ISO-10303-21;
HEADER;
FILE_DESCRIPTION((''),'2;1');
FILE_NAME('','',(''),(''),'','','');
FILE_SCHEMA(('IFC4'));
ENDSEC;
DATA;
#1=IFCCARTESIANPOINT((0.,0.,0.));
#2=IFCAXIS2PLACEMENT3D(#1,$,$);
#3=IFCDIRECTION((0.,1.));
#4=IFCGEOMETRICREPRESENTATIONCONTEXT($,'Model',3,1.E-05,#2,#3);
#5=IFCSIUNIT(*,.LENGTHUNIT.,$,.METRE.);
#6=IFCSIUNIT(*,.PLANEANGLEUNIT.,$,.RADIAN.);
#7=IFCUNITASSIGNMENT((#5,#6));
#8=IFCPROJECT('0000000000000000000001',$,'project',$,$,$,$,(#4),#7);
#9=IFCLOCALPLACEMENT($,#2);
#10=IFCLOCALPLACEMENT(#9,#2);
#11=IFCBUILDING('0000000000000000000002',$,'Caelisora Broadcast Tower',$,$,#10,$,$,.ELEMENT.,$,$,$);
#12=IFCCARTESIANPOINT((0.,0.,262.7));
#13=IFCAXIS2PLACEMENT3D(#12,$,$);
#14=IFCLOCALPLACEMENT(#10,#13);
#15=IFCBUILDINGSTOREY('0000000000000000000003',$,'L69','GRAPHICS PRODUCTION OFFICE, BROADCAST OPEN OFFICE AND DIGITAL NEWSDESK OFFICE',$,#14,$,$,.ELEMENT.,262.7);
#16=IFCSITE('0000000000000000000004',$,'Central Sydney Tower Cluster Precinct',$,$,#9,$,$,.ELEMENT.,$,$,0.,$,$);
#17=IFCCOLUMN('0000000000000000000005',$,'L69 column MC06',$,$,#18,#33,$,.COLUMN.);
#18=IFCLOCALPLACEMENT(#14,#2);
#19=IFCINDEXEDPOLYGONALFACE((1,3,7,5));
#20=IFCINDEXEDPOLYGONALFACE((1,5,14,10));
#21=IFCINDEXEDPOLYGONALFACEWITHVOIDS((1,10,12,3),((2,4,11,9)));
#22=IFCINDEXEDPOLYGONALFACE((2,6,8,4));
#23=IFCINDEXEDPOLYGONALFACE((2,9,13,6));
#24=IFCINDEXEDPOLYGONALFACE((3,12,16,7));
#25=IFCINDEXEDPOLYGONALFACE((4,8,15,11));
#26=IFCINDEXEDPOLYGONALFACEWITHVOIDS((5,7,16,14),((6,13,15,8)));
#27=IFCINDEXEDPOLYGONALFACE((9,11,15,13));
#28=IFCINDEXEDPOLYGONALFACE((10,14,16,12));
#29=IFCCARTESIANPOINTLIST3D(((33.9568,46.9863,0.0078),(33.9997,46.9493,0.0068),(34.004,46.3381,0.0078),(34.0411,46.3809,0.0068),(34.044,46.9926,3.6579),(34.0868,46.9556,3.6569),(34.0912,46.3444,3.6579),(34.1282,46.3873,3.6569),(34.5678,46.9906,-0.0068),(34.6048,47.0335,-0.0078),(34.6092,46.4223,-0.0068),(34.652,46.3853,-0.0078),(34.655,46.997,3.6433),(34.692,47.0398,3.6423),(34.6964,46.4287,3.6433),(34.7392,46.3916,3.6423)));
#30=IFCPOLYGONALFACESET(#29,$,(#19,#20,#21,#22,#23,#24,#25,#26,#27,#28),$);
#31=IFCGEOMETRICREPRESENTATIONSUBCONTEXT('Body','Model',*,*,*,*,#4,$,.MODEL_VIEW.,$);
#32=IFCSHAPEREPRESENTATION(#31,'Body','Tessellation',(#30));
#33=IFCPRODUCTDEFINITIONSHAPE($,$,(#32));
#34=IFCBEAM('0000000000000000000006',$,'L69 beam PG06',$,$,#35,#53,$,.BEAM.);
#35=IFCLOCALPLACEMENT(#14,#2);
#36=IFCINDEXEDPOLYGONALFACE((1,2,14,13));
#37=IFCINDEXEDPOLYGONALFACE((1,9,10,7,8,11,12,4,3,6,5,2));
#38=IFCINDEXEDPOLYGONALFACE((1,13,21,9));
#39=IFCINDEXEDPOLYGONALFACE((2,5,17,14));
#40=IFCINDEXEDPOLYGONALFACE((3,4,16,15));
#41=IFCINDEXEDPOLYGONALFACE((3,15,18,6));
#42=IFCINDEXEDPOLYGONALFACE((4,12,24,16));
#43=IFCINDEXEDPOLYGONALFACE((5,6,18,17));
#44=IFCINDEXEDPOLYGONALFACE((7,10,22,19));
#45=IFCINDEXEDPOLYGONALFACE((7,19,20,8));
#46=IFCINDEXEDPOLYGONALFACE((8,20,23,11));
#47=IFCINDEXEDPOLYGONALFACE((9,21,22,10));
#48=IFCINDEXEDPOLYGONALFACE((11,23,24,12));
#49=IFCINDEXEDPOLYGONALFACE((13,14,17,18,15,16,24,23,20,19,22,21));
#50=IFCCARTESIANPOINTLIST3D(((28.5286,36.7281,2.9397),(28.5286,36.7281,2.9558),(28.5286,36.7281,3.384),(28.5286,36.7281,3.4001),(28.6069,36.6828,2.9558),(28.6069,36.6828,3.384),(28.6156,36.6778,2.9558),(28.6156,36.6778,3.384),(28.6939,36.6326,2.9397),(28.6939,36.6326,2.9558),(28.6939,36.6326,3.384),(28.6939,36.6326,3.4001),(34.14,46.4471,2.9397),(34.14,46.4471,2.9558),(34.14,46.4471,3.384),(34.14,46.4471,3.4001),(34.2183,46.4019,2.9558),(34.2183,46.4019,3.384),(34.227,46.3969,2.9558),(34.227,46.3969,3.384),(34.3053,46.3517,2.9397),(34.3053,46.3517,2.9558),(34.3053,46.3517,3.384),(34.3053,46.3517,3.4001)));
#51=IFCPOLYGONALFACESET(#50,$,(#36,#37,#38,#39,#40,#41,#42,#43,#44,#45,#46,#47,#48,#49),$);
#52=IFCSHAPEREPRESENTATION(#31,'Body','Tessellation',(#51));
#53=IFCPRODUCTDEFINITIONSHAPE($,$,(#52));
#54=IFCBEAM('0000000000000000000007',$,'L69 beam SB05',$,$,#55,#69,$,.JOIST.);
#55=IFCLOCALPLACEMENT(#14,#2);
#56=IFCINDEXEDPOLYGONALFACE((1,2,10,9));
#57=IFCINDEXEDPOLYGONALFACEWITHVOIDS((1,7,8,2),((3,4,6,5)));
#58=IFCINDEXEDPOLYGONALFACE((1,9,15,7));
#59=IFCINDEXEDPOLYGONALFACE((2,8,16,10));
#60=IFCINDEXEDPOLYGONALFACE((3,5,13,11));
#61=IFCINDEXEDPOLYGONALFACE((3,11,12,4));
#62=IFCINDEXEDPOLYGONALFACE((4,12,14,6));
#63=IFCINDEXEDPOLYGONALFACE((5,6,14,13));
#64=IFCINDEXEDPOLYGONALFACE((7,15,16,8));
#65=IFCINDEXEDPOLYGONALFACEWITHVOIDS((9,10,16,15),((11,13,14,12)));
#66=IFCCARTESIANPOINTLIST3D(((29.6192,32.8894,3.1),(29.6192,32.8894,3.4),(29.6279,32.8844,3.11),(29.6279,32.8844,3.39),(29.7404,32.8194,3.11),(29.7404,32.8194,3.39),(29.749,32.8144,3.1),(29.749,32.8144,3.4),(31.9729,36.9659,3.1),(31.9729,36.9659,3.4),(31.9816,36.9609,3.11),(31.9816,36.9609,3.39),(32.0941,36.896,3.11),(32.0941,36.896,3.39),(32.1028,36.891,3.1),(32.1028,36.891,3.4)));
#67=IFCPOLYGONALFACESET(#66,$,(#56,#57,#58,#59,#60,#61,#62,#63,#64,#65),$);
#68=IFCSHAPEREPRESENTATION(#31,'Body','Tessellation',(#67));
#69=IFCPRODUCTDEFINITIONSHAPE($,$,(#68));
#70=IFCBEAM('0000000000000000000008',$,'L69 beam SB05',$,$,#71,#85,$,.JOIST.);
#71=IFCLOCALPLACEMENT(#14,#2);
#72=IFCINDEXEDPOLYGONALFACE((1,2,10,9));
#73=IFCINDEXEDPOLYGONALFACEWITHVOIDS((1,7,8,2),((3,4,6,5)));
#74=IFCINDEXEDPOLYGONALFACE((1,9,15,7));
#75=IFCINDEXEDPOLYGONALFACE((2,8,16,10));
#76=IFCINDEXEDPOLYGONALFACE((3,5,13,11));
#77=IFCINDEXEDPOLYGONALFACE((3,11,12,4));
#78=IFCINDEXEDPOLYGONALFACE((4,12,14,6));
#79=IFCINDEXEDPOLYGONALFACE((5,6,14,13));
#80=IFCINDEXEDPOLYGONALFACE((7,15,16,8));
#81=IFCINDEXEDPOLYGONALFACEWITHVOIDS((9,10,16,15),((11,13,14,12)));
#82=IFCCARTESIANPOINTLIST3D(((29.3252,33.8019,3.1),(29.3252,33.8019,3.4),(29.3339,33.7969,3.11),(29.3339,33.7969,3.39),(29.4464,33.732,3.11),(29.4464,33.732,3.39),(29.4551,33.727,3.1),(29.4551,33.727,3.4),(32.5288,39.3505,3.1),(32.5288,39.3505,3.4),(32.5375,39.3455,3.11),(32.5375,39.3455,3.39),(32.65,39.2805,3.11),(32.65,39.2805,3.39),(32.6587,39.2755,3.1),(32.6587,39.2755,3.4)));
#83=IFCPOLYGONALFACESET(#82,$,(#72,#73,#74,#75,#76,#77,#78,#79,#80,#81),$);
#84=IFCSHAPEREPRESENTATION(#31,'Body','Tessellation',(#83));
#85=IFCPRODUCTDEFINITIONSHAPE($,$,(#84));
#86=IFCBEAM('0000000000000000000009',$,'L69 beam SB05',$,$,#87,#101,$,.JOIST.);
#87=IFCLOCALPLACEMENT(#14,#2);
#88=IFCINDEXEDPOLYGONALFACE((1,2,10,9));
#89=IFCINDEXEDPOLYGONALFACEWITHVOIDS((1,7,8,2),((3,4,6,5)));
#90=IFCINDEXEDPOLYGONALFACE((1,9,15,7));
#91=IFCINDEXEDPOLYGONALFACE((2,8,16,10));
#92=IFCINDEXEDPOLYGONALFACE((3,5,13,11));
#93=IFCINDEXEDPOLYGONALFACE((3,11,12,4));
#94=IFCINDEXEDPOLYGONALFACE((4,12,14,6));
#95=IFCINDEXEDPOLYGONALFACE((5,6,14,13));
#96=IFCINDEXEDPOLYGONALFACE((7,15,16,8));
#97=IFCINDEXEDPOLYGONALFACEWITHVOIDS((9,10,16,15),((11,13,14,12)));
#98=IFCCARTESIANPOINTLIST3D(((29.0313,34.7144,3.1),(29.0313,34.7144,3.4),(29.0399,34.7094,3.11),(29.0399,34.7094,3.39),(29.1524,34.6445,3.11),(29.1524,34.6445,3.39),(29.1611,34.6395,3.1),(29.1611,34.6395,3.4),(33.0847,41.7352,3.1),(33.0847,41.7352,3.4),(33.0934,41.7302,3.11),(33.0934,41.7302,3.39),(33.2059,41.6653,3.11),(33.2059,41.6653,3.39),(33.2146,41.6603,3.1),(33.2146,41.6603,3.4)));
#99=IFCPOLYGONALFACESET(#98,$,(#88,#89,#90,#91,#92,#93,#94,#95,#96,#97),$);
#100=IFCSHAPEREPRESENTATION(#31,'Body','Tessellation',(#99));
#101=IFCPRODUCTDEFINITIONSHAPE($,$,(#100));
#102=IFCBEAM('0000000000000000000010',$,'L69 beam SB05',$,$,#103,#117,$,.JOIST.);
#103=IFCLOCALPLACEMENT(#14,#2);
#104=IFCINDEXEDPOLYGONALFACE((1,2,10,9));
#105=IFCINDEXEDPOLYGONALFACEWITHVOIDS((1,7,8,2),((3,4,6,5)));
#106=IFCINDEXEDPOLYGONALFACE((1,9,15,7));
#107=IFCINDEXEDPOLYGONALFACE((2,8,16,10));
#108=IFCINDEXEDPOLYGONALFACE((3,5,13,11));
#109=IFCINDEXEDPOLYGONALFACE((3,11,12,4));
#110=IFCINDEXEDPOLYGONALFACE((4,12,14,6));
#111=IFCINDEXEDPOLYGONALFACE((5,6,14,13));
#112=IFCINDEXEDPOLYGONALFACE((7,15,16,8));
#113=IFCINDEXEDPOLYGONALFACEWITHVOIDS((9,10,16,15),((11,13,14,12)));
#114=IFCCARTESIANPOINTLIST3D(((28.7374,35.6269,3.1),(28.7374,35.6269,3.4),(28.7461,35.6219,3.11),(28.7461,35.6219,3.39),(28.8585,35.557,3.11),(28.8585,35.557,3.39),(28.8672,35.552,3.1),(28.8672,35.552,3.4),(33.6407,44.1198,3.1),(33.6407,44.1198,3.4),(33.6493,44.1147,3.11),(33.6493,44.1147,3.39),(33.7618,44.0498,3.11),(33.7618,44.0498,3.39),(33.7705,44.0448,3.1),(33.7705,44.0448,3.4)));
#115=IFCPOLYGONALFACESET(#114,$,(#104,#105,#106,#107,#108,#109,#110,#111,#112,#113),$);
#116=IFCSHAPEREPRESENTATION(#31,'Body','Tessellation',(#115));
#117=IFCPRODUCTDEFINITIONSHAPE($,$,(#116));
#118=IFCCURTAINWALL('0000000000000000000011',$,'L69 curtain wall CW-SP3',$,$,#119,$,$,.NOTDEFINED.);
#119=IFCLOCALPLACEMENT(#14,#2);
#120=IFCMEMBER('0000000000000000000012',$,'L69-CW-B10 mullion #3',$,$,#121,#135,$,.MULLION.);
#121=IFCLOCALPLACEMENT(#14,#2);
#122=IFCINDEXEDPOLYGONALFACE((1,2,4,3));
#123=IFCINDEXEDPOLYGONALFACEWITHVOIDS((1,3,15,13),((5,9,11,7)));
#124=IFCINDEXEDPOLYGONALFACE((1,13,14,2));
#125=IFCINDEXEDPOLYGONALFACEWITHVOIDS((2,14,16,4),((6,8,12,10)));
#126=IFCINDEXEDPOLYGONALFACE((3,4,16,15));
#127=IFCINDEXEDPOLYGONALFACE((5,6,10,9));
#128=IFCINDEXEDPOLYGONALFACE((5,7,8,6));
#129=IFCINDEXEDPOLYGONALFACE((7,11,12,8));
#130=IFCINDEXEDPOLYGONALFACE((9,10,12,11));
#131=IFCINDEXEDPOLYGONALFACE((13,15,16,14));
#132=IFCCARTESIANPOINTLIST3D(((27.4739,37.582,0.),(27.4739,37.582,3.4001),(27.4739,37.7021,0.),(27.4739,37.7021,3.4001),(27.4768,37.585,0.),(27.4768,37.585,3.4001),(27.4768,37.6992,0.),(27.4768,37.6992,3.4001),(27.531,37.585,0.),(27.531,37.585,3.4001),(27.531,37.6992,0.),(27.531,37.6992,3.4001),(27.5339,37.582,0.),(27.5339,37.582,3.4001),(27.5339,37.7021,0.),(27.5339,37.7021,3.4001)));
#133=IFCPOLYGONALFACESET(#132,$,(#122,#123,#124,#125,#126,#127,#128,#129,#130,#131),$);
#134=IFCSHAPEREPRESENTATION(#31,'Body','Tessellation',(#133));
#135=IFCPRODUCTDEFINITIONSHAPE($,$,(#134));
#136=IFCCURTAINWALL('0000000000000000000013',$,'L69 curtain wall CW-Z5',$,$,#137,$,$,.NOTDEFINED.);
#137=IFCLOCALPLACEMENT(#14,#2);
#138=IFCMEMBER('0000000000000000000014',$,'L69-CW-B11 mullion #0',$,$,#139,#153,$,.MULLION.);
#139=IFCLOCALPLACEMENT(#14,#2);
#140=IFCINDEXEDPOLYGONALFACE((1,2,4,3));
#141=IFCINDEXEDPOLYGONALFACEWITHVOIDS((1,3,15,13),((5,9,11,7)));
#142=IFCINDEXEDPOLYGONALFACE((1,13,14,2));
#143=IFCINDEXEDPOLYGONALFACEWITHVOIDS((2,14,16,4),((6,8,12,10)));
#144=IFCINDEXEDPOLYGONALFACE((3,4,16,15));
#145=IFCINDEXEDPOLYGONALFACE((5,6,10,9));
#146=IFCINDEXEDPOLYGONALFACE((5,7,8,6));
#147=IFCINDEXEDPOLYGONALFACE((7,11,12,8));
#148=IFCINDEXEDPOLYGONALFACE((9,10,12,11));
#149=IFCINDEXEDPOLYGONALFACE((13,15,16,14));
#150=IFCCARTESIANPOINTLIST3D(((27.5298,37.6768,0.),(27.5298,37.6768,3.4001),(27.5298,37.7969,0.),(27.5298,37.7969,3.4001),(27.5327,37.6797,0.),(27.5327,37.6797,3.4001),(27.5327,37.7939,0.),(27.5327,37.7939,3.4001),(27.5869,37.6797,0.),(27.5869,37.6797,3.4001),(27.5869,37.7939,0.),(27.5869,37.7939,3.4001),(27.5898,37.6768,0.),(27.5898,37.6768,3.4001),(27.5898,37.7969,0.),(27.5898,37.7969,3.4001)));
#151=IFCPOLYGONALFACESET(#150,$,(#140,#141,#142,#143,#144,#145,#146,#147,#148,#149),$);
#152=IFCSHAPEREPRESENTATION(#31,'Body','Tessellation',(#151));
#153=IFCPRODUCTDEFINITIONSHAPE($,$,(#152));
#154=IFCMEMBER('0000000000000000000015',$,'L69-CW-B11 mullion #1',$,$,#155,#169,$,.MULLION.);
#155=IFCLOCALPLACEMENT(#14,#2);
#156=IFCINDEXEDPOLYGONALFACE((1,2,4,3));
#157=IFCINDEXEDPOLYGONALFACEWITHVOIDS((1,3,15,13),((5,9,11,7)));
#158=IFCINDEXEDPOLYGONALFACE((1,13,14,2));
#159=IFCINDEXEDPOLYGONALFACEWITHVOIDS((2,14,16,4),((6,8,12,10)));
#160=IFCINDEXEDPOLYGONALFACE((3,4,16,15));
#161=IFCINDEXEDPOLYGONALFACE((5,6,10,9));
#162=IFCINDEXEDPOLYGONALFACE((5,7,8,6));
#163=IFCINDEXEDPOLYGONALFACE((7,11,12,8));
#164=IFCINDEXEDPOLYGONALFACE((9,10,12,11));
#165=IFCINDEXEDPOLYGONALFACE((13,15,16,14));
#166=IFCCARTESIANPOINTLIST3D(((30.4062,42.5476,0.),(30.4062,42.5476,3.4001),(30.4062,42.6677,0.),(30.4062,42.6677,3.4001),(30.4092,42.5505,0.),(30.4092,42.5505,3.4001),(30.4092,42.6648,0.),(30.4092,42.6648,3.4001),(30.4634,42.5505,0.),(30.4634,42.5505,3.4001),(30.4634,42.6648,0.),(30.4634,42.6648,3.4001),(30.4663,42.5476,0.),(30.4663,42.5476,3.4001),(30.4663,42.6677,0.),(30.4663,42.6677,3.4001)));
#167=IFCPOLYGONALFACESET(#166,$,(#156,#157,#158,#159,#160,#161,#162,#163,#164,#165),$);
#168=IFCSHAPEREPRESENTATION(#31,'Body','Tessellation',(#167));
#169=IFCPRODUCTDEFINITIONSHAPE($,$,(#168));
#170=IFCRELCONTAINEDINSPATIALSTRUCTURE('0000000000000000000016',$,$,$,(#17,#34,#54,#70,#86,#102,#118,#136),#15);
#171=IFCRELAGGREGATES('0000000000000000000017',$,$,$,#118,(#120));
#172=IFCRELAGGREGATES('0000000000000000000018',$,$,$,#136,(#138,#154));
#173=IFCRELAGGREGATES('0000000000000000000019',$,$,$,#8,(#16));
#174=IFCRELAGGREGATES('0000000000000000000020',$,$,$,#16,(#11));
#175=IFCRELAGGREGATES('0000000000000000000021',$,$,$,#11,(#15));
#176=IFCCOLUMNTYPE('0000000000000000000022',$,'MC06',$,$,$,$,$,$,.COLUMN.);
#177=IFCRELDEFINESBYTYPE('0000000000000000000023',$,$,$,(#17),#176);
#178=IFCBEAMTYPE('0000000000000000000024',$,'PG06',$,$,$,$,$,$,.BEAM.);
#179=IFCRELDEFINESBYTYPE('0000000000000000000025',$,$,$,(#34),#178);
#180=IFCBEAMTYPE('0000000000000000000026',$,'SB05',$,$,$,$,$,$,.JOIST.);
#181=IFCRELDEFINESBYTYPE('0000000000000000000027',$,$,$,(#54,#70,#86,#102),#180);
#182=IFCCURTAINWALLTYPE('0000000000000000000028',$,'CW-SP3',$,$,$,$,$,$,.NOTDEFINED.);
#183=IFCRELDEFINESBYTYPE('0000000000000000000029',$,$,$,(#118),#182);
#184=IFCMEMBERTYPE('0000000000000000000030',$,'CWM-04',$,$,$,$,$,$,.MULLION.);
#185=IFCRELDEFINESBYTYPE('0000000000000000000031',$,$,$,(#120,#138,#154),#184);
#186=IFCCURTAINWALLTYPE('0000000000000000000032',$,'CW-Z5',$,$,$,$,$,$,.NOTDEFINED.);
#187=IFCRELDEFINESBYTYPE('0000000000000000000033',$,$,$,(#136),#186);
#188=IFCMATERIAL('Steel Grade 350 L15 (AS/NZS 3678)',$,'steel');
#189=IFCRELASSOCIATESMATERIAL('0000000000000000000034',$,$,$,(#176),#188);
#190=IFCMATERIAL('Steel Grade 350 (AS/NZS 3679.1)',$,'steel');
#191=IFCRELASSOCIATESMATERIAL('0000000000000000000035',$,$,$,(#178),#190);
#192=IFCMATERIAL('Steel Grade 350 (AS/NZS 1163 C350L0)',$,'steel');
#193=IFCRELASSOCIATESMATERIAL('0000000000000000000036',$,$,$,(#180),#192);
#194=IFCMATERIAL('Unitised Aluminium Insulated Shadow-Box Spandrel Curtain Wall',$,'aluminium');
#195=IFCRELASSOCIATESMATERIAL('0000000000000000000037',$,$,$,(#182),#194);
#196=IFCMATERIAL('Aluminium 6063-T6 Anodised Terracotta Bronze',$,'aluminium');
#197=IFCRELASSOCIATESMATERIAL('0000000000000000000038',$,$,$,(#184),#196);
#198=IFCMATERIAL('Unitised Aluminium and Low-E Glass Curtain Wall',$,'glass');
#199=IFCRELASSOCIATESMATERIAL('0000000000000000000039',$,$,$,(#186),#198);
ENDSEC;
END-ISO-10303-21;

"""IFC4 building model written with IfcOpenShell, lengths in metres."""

from ifc_helpers import new_model, si_unit, direction, frame, origin, origin_2d, place, context, subcontext, project, spatial, hollow_rectangle, i_section, extrude, source, transform, mapped, material, material_profile, profile_set, type_object, type_shapes, element, aggregate, save


model = new_model("IFC4")

# Units and contexts
model_context = context("Model", 3, precision=1e-05, world=origin(), true_north=direction((0.0, 1.0)))
body_context = subcontext(model_context, "Body", "Model", "MODEL_VIEW")
ifc_project = project(units=[si_unit("LENGTHUNIT", "METRE"), si_unit("PLANEANGLEUNIT", "RADIAN")], contexts=[model_context])

# Site, building, storey
site_placement = place(None, origin())
site = spatial("IfcSite", under=ifc_project, at=site_placement, Name="Central Sydney Tower Cluster Precinct", CompositionType="ELEMENT", RefElevation=0.0)
building_placement = place(site_placement, origin())
building = spatial("IfcBuilding", under=site, at=building_placement, Name="Caelisora Broadcast Tower", CompositionType="ELEMENT")
storey_placement = place(building_placement, frame((0.0, 0.0, 262.7)))
storey = spatial("IfcBuildingStorey", under=building, at=storey_placement, Name="L69", Description="GRAPHICS PRODUCTION OFFICE, BROADCAST OPEN OFFICE AND DIGITAL NEWSDESK OFFICE", CompositionType="ELEMENT", Elevation=262.7)

# Column
ifc_material_1 = material(Name="Steel Grade 350 L15 (AS/NZS 3678)", Category="steel")
ifc_material_profile_1 = material_profile(ifc_material_1, hollow_rectangle(XDim=0.6499, YDim=0.6499, WallThickness=0.04, at=origin_2d()), Name="Steel Grade 350 L15 (AS/NZS 3678)")
ifc_profile_set_1 = profile_set([ifc_material_profile_1], Name="Steel Grade 350 L15 (AS/NZS 3678)")
column_type = type_object("IfcColumnType", Name="MC06", PredefinedType="COLUMN", material=ifc_profile_set_1)
shared_shape_1 = source(origin(), body_context, "Body", "SweptSolid", [
    extrude(hollow_rectangle(XDim=0.6499, YDim=0.6499, WallThickness=0.04, at=origin_2d()), origin(), (0.0, 0.0, 1.0), 3.6511),
])
type_shapes(column_type, [shared_shape_1])
column_placement = place(storey_placement, frame((34.3044, 46.6858, 0.0), z_axis=(0.023871, 0.001739, 0.999714), x_axis=(-0.072637, 0.997358, 0.0)))
element("IfcColumn", 1, at=column_placement, inside=storey, type_object=column_type, Name="L69 column MC06", PredefinedType="COLUMN", context=body_context, shape_type="MappedRepresentation", body=[
    mapped(shared_shape_1, transform((0.0, 0.0, 0.0), scale=1.0)),
])

# Beams
ifc_material_2 = material(Name="Steel Grade 350 (AS/NZS 3679.1)", Category="steel")
ifc_material_profile_2 = material_profile(ifc_material_2, i_section(OverallWidth=0.1909, OverallDepth=0.4604, WebThickness=0.01, FlangeThickness=0.0161, at=origin_2d()), Name="Steel Grade 350 (AS/NZS 3679.1)")
ifc_profile_set_2 = profile_set([ifc_material_profile_2], Name="Steel Grade 350 (AS/NZS 3679.1)")
beam_type_1 = type_object("IfcBeamType", Name="PG06", PredefinedType="BEAM", material=ifc_profile_set_2)
shared_shape_2 = source(origin(), body_context, "Body", "SweptSolid", [
    extrude(i_section(OverallWidth=0.1909, OverallDepth=0.4604, WebThickness=0.01, FlangeThickness=0.0161, at=origin_2d()), origin(), (0.0, 0.0, 1.0), 11.2227),
])
type_shapes(beam_type_1, [shared_shape_2])
beam_1_placement = place(storey_placement, frame((34.2227, 46.3994, 3.1699), z_axis=(-0.500004, -0.866023, 0.0), x_axis=(0.866023, -0.500004, 0.0)))
element("IfcBeam", 2, at=beam_1_placement, inside=storey, type_object=beam_type_1, Name="L69 beam PG06", PredefinedType="BEAM", context=body_context, shape_type="MappedRepresentation", body=[
    mapped(shared_shape_2, transform((0.0, 0.0, 0.0), scale=1.0)),
])
ifc_material_3 = material(Name="Steel Grade 350 (AS/NZS 1163 C350L0)", Category="steel")
ifc_material_profile_3 = material_profile(ifc_material_3, hollow_rectangle(XDim=0.1499, YDim=0.3, WallThickness=0.01, at=origin_2d()), Name="Steel Grade 350 (AS/NZS 1163 C350L0)")
ifc_profile_set_3 = profile_set([ifc_material_profile_3], Name="Steel Grade 350 (AS/NZS 1163 C350L0)")
beam_type_2 = type_object("IfcBeamType", Name="SB05", PredefinedType="JOIST", material=ifc_profile_set_3)
shared_shape_3 = source(origin(), body_context, "Body", "SweptSolid", [
    extrude(hollow_rectangle(XDim=0.1499, YDim=0.3, WallThickness=0.01, at=origin_2d()), origin(), (0.0, 0.0, 1.0), 4.7073),
])
beam_2_placement = place(storey_placement, frame((32.0378, 36.9285, 3.25), z_axis=(-0.500016, -0.866016, 0.0), x_axis=(0.866016, -0.500016, 0.0)))
element("IfcBeam", 3, at=beam_2_placement, inside=storey, type_object=beam_type_2, Name="L69 beam SB05", PredefinedType="JOIST", context=body_context, shape_type="MappedRepresentation", body=[
    mapped(shared_shape_3, transform((0.0, 0.0, 0.0), scale=1.0)),
])
shared_shape_4 = source(origin(), body_context, "Body", "SweptSolid", [
    extrude(hollow_rectangle(XDim=0.1499, YDim=0.3, WallThickness=0.01, at=origin_2d()), origin(), (0.0, 0.0, 1.0), 6.407),
])
beam_3_placement = place(storey_placement, frame((32.5938, 39.313, 3.25), z_axis=(-0.500016, -0.866016, 0.0), x_axis=(0.866016, -0.500016, 0.0)))
element("IfcBeam", 4, at=beam_3_placement, inside=storey, type_object=beam_type_2, Name="L69 beam SB05", PredefinedType="JOIST", context=body_context, shape_type="MappedRepresentation", body=[
    mapped(shared_shape_4, transform((0.0, 0.0, 0.0), scale=1.0)),
])
shared_shape_5 = source(origin(), body_context, "Body", "SweptSolid", [
    extrude(hollow_rectangle(XDim=0.1499, YDim=0.3, WallThickness=0.01, at=origin_2d()), origin(), (0.0, 0.0, 1.0), 8.1069),
])
beam_4_placement = place(storey_placement, frame((33.1497, 41.6978, 3.25), z_axis=(-0.500003, -0.866024, 0.0), x_axis=(0.866024, -0.500003, 0.0)))
element("IfcBeam", 5, at=beam_4_placement, inside=storey, type_object=beam_type_2, Name="L69 beam SB05", PredefinedType="JOIST", context=body_context, shape_type="MappedRepresentation", body=[
    mapped(shared_shape_5, transform((0.0, 0.0, 0.0), scale=1.0)),
])
shared_shape_6 = source(origin(), body_context, "Body", "SweptSolid", [
    extrude(hollow_rectangle(XDim=0.1499, YDim=0.3, WallThickness=0.01, at=origin_2d()), origin(), (0.0, 0.0, 1.0), 9.8066),
])
type_shapes(beam_type_2, [shared_shape_3, shared_shape_4, shared_shape_5, shared_shape_6])
beam_5_placement = place(storey_placement, frame((33.7056, 44.0823, 3.25), z_axis=(-0.499995, -0.866028, 0.0), x_axis=(0.866028, -0.499995, 0.0)))
element("IfcBeam", 6, at=beam_5_placement, inside=storey, type_object=beam_type_2, Name="L69 beam SB05", PredefinedType="JOIST", context=body_context, shape_type="MappedRepresentation", body=[
    mapped(shared_shape_6, transform((0.0, 0.0, 0.0), scale=1.0)),
])

# Curtain wall, member
ifc_material_4 = material(Name="Unitised Aluminium Insulated Shadow-Box Spandrel Curtain Wall", Category="aluminium")
curtain_wall_type_1 = type_object("IfcCurtainWallType", Name="CW-SP3", PredefinedType="NOTDEFINED", material=ifc_material_4)
curtain_wall_1_placement = place(storey_placement, origin())
curtain_wall_1 = element("IfcCurtainWall", 7, at=curtain_wall_1_placement, inside=storey, type_object=curtain_wall_type_1, Name="L69 curtain wall CW-SP3", PredefinedType="NOTDEFINED")
ifc_material_5 = material(Name="Aluminium 6063-T6 Anodised Terracotta Bronze", Category="aluminium")
ifc_material_profile_4 = material_profile(ifc_material_5, hollow_rectangle(XDim=0.0601, YDim=0.1201, WallThickness=0.0029, at=origin_2d()), Name="Aluminium 6063-T6 Anodised Terracotta Bronze")
ifc_profile_set_4 = profile_set([ifc_material_profile_4], Name="Aluminium 6063-T6 Anodised Terracotta Bronze")
member_type_1 = type_object("IfcMemberType", Name="CWM-04", PredefinedType="MULLION", material=ifc_profile_set_4)
shared_shape_7 = source(origin(), body_context, "Body", "SweptSolid", [
    extrude(hollow_rectangle(XDim=0.0601, YDim=0.1201, WallThickness=0.0029, at=origin_2d()), origin(), (0.0, 0.0, 1.0), 3.4001),
])
type_shapes(member_type_1, [shared_shape_7])
member_1_placement = place(storey_placement, frame((27.5039, 37.6421, 0.0), z_axis=(0.0, 0.0, 1.0), x_axis=(1.0, 0.0, 0.0)))
member_1 = element("IfcMember", 8, at=member_1_placement, type_object=member_type_1, Name="L69-CW-B10 mullion #3", PredefinedType="MULLION", context=body_context, shape_type="MappedRepresentation", body=[
    mapped(shared_shape_7, transform((0.0, 0.0, 0.0), scale=1.0)),
])
aggregate(curtain_wall_1, [member_1])

# Curtain wall, members
ifc_material_6 = material(Name="Unitised Aluminium and Low-E Glass Curtain Wall", Category="glass")
curtain_wall_type_2 = type_object("IfcCurtainWallType", Name="CW-Z5", PredefinedType="NOTDEFINED", material=ifc_material_6)
curtain_wall_2_placement = place(storey_placement, origin())
curtain_wall_2 = element("IfcCurtainWall", 9, at=curtain_wall_2_placement, inside=storey, type_object=curtain_wall_type_2, Name="L69 curtain wall CW-Z5", PredefinedType="NOTDEFINED")
member_2_placement = place(storey_placement, frame((27.5598, 37.7368, 0.0), z_axis=(0.0, 0.0, 1.0), x_axis=(1.0, 0.0, 0.0)))
member_2 = element("IfcMember", 10, at=member_2_placement, type_object=member_type_1, Name="L69-CW-B11 mullion #0", PredefinedType="MULLION", context=body_context, shape_type="MappedRepresentation", body=[
    mapped(shared_shape_7, transform((0.0, 0.0, 0.0), scale=1.0)),
])
member_3_placement = place(storey_placement, frame((30.4363, 42.6077, 0.0), z_axis=(0.0, 0.0, 1.0), x_axis=(1.0, 0.0, 0.0)))
member_3 = element("IfcMember", 11, at=member_3_placement, type_object=member_type_1, Name="L69-CW-B11 mullion #1", PredefinedType="MULLION", context=body_context, shape_type="MappedRepresentation", body=[
    mapped(shared_shape_7, transform((0.0, 0.0, 0.0), scale=1.0)),
])

aggregate(curtain_wall_2, [member_2, member_3])

save(model, "model.ifc")
